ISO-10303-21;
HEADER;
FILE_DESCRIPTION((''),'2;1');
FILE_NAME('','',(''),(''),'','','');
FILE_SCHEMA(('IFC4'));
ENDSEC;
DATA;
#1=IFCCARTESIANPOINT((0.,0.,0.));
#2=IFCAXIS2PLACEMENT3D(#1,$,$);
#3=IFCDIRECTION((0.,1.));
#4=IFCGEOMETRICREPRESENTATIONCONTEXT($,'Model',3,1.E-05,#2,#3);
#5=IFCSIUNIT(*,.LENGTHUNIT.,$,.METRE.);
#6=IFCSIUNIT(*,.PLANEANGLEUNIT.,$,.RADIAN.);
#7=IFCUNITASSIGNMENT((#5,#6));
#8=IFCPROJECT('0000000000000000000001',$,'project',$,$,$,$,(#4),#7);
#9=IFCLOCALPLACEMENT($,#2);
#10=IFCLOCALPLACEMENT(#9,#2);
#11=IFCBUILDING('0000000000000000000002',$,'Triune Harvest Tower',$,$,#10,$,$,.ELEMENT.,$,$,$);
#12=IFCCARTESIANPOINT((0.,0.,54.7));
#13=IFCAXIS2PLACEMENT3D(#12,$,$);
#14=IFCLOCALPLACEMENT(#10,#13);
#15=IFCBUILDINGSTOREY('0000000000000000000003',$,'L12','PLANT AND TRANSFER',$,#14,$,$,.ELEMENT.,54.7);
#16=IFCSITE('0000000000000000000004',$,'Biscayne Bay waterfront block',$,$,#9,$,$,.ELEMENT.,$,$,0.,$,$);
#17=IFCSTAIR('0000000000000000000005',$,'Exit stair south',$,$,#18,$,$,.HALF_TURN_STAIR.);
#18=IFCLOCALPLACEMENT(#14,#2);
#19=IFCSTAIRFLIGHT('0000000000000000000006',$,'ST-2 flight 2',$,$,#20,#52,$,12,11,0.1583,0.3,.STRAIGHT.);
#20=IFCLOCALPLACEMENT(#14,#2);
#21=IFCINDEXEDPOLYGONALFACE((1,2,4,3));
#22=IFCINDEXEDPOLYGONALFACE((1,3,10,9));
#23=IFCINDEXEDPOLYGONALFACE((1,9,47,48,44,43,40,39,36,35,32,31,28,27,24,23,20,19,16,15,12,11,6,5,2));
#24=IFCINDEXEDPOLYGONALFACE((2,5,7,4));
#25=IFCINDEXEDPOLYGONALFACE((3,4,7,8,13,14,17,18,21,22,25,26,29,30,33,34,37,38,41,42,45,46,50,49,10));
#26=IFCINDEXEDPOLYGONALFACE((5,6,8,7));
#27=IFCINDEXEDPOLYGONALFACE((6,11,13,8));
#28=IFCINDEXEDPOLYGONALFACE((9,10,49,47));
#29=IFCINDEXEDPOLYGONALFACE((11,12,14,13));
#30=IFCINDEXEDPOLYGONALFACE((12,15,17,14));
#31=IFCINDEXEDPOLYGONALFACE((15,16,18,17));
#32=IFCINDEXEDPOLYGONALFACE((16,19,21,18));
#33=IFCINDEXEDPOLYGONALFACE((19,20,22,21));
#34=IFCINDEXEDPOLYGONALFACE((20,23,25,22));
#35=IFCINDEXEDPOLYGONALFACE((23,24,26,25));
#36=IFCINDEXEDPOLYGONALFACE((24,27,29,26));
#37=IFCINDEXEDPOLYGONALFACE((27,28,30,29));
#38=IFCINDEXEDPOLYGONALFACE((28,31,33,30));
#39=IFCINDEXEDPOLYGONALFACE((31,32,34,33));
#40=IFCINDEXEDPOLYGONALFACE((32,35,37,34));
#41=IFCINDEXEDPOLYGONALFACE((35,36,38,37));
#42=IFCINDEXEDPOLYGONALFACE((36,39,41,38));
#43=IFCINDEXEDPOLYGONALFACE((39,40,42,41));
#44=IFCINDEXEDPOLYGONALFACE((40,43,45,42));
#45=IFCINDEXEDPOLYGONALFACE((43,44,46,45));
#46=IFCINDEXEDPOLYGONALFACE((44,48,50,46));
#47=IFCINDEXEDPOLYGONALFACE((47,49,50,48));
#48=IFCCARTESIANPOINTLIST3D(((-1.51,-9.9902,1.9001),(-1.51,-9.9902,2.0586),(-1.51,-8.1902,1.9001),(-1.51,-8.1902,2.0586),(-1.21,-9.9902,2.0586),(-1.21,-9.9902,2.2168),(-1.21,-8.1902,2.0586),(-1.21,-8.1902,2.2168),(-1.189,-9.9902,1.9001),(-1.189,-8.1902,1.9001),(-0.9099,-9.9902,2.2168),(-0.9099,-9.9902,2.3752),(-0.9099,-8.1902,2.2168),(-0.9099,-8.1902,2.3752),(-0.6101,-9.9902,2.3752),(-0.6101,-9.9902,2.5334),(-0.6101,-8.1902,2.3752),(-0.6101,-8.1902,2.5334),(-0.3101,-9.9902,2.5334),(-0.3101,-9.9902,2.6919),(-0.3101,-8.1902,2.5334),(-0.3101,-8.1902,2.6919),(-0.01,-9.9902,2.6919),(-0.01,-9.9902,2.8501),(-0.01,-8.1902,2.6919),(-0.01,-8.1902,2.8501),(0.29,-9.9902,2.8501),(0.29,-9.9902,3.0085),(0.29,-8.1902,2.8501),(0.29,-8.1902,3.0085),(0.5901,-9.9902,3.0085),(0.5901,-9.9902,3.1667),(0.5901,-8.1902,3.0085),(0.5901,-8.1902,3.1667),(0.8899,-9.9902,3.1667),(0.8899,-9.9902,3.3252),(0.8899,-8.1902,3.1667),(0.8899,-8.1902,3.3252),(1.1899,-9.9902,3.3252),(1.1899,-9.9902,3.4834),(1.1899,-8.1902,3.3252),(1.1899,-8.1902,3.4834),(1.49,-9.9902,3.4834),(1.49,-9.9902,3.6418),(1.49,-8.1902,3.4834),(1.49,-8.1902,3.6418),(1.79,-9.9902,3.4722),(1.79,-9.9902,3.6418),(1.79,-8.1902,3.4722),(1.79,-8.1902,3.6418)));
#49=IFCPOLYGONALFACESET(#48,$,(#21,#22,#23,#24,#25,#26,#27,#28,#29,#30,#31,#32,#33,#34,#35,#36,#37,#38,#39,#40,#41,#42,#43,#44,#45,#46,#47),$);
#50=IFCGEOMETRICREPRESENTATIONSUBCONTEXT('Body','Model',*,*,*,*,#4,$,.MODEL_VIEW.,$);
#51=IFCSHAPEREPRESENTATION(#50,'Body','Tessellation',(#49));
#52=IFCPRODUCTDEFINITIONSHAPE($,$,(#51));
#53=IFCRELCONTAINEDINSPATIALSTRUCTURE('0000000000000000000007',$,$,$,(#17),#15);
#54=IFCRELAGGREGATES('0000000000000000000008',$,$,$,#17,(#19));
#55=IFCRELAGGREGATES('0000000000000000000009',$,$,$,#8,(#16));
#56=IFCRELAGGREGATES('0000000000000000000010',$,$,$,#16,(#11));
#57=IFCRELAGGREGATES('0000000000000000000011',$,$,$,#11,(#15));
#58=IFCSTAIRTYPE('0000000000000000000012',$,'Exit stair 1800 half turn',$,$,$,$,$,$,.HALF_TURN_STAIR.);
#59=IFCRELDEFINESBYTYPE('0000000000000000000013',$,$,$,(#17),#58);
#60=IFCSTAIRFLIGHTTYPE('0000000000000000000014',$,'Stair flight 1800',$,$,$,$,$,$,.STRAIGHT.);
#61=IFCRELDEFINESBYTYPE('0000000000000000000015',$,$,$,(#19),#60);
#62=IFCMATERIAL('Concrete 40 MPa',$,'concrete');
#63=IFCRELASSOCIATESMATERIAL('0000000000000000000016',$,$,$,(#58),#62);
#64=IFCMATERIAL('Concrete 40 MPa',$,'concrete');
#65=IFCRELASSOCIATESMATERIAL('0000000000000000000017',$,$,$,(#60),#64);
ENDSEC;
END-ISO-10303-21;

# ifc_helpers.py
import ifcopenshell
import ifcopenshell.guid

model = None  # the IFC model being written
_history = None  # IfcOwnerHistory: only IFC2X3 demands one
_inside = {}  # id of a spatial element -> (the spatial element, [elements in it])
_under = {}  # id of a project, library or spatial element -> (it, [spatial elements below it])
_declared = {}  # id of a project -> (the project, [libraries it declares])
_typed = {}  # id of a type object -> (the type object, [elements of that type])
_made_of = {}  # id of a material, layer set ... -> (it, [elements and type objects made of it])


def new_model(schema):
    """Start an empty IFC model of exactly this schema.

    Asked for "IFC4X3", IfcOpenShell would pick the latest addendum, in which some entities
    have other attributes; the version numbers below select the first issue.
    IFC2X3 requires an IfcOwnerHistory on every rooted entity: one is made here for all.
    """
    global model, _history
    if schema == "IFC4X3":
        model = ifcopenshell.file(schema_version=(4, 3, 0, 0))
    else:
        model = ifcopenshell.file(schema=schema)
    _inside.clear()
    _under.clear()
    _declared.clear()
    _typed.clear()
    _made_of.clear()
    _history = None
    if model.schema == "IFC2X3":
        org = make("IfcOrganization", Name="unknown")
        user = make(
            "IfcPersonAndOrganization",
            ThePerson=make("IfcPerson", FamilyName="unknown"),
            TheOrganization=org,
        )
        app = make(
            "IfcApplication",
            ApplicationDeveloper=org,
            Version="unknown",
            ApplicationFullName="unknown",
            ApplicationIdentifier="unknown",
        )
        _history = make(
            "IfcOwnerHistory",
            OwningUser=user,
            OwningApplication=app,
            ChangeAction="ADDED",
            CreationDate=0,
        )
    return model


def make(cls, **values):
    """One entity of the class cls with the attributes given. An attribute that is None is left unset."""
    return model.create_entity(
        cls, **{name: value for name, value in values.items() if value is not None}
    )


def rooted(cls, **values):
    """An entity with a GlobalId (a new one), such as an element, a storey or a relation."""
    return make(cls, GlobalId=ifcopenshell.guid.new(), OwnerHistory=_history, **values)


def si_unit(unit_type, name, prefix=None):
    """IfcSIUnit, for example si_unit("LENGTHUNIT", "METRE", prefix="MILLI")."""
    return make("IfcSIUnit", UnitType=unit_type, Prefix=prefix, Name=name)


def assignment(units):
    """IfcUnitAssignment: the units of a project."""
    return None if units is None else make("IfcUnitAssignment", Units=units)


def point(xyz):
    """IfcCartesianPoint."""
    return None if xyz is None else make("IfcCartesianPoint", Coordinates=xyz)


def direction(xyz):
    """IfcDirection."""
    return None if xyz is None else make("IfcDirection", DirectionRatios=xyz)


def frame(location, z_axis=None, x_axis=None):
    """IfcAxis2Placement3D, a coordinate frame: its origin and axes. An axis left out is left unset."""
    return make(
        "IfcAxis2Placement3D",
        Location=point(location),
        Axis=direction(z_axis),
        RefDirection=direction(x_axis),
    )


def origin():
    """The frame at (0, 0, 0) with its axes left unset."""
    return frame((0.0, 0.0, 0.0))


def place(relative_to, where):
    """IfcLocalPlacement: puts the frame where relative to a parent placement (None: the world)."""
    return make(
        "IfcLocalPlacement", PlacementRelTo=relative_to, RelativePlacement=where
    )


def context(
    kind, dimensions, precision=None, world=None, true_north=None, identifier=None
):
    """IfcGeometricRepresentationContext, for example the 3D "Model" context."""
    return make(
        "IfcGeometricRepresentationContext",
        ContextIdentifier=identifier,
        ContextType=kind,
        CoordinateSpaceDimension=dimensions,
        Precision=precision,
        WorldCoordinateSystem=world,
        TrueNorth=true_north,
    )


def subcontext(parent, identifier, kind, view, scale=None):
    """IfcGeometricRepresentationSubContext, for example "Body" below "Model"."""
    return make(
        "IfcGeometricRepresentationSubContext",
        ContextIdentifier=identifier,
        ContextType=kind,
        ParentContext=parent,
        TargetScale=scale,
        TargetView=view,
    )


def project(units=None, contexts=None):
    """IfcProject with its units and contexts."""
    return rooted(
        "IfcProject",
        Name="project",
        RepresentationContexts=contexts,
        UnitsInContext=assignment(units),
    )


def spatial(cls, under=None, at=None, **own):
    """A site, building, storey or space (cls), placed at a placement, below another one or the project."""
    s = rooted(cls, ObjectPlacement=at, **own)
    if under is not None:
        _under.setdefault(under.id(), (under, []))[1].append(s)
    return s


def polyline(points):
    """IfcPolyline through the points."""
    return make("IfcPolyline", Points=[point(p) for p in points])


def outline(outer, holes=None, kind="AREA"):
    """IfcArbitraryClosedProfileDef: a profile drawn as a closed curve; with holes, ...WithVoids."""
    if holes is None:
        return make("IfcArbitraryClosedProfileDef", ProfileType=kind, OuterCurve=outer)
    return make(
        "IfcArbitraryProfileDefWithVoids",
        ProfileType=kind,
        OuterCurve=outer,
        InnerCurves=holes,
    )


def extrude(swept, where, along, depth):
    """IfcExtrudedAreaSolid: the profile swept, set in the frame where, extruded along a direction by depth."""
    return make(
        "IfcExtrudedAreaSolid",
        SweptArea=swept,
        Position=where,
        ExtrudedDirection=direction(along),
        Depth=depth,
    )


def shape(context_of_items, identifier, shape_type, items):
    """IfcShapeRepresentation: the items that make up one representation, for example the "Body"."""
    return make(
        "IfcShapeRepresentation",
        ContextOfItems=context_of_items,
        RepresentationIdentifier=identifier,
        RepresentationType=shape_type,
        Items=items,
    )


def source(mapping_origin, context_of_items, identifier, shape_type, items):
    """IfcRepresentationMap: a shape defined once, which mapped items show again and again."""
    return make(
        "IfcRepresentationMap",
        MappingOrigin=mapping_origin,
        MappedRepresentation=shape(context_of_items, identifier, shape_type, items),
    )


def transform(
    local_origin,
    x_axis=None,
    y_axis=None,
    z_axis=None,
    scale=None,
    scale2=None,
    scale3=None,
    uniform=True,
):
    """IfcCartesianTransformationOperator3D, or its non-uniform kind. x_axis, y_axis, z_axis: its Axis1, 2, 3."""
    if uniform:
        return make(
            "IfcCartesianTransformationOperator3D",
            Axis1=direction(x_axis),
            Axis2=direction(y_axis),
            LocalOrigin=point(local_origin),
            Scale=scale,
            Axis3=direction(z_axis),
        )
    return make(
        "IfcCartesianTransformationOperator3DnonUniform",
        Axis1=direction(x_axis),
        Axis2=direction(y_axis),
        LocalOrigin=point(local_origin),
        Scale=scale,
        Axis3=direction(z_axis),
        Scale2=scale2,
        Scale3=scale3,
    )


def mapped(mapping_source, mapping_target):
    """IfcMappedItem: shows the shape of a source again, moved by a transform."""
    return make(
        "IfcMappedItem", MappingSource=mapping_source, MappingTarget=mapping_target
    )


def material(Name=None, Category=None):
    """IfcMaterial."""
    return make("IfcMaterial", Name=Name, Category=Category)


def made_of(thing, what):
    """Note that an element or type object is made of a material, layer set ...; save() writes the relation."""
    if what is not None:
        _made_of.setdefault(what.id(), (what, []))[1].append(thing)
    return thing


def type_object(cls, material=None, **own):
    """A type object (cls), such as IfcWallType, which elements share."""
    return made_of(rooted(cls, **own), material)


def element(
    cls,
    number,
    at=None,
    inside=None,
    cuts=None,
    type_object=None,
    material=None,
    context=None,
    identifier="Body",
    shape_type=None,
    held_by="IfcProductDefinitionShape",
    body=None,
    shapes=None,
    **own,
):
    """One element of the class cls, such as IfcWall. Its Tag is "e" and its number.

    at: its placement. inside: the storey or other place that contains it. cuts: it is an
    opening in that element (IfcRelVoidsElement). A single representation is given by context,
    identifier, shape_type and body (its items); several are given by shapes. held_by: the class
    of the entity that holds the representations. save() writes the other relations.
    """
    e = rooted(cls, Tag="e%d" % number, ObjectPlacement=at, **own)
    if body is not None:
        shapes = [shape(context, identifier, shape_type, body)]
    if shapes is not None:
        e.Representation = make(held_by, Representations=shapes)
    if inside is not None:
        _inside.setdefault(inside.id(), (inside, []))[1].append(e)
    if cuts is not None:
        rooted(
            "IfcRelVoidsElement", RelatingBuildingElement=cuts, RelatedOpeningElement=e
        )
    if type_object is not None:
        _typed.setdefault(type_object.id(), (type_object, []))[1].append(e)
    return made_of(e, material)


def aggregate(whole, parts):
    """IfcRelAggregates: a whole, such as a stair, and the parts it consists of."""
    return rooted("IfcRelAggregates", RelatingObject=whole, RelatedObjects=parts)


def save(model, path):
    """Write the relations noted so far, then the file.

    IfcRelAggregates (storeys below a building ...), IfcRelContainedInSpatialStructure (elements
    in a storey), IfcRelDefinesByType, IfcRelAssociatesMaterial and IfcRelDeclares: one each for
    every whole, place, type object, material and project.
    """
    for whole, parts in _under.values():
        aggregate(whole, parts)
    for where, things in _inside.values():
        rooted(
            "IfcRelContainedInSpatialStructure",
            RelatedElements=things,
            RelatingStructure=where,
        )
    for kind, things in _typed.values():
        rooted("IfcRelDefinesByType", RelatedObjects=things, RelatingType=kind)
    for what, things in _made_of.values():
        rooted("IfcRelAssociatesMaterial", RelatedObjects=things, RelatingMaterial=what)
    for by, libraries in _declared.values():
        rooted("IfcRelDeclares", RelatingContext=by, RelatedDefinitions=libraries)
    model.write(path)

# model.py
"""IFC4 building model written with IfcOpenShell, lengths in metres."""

from ifc_helpers import new_model, si_unit, direction, frame, origin, place, context, subcontext, project, spatial, polyline, outline, extrude, source, transform, mapped, material, type_object, element, aggregate, save


model = new_model("IFC4")

# Units and contexts
model_context = context("Model", 3, precision=1e-05, world=origin(), true_north=direction((0.0, 1.0)))
body_context = subcontext(model_context, "Body", "Model", "MODEL_VIEW")
ifc_project = project(units=[si_unit("LENGTHUNIT", "METRE"), si_unit("PLANEANGLEUNIT", "RADIAN")], contexts=[model_context])

# Site, building, storey
site_placement = place(None, origin())
site = spatial("IfcSite", under=ifc_project, at=site_placement, Name="Biscayne Bay waterfront block", CompositionType="ELEMENT", RefElevation=0.0)
building_placement = place(site_placement, origin())
building = spatial("IfcBuilding", under=site, at=building_placement, Name="Triune Harvest Tower", CompositionType="ELEMENT")
storey_placement = place(building_placement, frame((0.0, 0.0, 54.7)))
storey = spatial("IfcBuildingStorey", under=building, at=storey_placement, Name="L12", Description="PLANT AND TRANSFER", CompositionType="ELEMENT", Elevation=54.7)

# Stair, stair flight
ifc_material_1 = material(Name="Concrete 40 MPa", Category="concrete")
stair_type = type_object("IfcStairType", Name="Exit stair 1800 half turn", PredefinedType="HALF_TURN_STAIR", material=ifc_material_1)
stair_placement = place(storey_placement, origin())
stair = element("IfcStair", 1, at=stair_placement, inside=storey, type_object=stair_type, Name="Exit stair south", PredefinedType="HALF_TURN_STAIR")
ifc_material_2 = material(Name="Concrete 40 MPa", Category="concrete")
stair_flight_type = type_object("IfcStairFlightType", Name="Stair flight 1800", PredefinedType="STRAIGHT", material=ifc_material_2)
shared_shape_1 = source(origin(), body_context, "Body", "SweptSolid", [
    extrude(outline(polyline([(0.0, 0.0), (0.0, 0.1584), (0.3, 0.1584), (0.3, 0.3167), (0.6001, 0.3167), (0.6001, 0.4751), (0.8999, 0.4751), (0.8999, 0.6333), (1.2, 0.6333), (1.2, 0.7917), (1.5, 0.7917), (1.5, 0.95), (1.8, 0.95), (1.8, 1.1084), (2.1001, 1.1084), (2.1001, 1.2666), (2.3999, 1.2666), (2.3999, 1.425), (2.7, 1.425), (2.7, 1.5833), (3.0, 1.5833), (3.0, 1.7417), (3.3, 1.7417), (3.3, 1.8999), (3.3, 1.572), (0.321, 0.0), (0.0, 0.0)])), frame((0.0, 0.8999, 0.0), z_axis=(0.0, -1.0, 0.0), x_axis=(1.0, 0.0, 0.0)), (0.0, 0.0, 1.0), 1.8),
])
stair_flight_1_placement = place(storey_placement, frame((-1.51, -9.0901, 1.9001), z_axis=(0.0, 0.0, 1.0), x_axis=(1.0, 0.0, 0.0)))
stair_flight_1 = element("IfcStairFlight", 2, at=stair_flight_1_placement, type_object=stair_flight_type, Name="ST-2 flight 2", NumberOfRisers=12, NumberOfTreads=11, PredefinedType="STRAIGHT", RiserHeight=0.1583, TreadLength=0.3, context=body_context, shape_type="MappedRepresentation", body=[
    mapped(shared_shape_1, transform((0.0, 0.0, 0.0), scale=1.0)),
])
aggregate(stair, [stair_flight_1])

save(model, "model.ifc")
